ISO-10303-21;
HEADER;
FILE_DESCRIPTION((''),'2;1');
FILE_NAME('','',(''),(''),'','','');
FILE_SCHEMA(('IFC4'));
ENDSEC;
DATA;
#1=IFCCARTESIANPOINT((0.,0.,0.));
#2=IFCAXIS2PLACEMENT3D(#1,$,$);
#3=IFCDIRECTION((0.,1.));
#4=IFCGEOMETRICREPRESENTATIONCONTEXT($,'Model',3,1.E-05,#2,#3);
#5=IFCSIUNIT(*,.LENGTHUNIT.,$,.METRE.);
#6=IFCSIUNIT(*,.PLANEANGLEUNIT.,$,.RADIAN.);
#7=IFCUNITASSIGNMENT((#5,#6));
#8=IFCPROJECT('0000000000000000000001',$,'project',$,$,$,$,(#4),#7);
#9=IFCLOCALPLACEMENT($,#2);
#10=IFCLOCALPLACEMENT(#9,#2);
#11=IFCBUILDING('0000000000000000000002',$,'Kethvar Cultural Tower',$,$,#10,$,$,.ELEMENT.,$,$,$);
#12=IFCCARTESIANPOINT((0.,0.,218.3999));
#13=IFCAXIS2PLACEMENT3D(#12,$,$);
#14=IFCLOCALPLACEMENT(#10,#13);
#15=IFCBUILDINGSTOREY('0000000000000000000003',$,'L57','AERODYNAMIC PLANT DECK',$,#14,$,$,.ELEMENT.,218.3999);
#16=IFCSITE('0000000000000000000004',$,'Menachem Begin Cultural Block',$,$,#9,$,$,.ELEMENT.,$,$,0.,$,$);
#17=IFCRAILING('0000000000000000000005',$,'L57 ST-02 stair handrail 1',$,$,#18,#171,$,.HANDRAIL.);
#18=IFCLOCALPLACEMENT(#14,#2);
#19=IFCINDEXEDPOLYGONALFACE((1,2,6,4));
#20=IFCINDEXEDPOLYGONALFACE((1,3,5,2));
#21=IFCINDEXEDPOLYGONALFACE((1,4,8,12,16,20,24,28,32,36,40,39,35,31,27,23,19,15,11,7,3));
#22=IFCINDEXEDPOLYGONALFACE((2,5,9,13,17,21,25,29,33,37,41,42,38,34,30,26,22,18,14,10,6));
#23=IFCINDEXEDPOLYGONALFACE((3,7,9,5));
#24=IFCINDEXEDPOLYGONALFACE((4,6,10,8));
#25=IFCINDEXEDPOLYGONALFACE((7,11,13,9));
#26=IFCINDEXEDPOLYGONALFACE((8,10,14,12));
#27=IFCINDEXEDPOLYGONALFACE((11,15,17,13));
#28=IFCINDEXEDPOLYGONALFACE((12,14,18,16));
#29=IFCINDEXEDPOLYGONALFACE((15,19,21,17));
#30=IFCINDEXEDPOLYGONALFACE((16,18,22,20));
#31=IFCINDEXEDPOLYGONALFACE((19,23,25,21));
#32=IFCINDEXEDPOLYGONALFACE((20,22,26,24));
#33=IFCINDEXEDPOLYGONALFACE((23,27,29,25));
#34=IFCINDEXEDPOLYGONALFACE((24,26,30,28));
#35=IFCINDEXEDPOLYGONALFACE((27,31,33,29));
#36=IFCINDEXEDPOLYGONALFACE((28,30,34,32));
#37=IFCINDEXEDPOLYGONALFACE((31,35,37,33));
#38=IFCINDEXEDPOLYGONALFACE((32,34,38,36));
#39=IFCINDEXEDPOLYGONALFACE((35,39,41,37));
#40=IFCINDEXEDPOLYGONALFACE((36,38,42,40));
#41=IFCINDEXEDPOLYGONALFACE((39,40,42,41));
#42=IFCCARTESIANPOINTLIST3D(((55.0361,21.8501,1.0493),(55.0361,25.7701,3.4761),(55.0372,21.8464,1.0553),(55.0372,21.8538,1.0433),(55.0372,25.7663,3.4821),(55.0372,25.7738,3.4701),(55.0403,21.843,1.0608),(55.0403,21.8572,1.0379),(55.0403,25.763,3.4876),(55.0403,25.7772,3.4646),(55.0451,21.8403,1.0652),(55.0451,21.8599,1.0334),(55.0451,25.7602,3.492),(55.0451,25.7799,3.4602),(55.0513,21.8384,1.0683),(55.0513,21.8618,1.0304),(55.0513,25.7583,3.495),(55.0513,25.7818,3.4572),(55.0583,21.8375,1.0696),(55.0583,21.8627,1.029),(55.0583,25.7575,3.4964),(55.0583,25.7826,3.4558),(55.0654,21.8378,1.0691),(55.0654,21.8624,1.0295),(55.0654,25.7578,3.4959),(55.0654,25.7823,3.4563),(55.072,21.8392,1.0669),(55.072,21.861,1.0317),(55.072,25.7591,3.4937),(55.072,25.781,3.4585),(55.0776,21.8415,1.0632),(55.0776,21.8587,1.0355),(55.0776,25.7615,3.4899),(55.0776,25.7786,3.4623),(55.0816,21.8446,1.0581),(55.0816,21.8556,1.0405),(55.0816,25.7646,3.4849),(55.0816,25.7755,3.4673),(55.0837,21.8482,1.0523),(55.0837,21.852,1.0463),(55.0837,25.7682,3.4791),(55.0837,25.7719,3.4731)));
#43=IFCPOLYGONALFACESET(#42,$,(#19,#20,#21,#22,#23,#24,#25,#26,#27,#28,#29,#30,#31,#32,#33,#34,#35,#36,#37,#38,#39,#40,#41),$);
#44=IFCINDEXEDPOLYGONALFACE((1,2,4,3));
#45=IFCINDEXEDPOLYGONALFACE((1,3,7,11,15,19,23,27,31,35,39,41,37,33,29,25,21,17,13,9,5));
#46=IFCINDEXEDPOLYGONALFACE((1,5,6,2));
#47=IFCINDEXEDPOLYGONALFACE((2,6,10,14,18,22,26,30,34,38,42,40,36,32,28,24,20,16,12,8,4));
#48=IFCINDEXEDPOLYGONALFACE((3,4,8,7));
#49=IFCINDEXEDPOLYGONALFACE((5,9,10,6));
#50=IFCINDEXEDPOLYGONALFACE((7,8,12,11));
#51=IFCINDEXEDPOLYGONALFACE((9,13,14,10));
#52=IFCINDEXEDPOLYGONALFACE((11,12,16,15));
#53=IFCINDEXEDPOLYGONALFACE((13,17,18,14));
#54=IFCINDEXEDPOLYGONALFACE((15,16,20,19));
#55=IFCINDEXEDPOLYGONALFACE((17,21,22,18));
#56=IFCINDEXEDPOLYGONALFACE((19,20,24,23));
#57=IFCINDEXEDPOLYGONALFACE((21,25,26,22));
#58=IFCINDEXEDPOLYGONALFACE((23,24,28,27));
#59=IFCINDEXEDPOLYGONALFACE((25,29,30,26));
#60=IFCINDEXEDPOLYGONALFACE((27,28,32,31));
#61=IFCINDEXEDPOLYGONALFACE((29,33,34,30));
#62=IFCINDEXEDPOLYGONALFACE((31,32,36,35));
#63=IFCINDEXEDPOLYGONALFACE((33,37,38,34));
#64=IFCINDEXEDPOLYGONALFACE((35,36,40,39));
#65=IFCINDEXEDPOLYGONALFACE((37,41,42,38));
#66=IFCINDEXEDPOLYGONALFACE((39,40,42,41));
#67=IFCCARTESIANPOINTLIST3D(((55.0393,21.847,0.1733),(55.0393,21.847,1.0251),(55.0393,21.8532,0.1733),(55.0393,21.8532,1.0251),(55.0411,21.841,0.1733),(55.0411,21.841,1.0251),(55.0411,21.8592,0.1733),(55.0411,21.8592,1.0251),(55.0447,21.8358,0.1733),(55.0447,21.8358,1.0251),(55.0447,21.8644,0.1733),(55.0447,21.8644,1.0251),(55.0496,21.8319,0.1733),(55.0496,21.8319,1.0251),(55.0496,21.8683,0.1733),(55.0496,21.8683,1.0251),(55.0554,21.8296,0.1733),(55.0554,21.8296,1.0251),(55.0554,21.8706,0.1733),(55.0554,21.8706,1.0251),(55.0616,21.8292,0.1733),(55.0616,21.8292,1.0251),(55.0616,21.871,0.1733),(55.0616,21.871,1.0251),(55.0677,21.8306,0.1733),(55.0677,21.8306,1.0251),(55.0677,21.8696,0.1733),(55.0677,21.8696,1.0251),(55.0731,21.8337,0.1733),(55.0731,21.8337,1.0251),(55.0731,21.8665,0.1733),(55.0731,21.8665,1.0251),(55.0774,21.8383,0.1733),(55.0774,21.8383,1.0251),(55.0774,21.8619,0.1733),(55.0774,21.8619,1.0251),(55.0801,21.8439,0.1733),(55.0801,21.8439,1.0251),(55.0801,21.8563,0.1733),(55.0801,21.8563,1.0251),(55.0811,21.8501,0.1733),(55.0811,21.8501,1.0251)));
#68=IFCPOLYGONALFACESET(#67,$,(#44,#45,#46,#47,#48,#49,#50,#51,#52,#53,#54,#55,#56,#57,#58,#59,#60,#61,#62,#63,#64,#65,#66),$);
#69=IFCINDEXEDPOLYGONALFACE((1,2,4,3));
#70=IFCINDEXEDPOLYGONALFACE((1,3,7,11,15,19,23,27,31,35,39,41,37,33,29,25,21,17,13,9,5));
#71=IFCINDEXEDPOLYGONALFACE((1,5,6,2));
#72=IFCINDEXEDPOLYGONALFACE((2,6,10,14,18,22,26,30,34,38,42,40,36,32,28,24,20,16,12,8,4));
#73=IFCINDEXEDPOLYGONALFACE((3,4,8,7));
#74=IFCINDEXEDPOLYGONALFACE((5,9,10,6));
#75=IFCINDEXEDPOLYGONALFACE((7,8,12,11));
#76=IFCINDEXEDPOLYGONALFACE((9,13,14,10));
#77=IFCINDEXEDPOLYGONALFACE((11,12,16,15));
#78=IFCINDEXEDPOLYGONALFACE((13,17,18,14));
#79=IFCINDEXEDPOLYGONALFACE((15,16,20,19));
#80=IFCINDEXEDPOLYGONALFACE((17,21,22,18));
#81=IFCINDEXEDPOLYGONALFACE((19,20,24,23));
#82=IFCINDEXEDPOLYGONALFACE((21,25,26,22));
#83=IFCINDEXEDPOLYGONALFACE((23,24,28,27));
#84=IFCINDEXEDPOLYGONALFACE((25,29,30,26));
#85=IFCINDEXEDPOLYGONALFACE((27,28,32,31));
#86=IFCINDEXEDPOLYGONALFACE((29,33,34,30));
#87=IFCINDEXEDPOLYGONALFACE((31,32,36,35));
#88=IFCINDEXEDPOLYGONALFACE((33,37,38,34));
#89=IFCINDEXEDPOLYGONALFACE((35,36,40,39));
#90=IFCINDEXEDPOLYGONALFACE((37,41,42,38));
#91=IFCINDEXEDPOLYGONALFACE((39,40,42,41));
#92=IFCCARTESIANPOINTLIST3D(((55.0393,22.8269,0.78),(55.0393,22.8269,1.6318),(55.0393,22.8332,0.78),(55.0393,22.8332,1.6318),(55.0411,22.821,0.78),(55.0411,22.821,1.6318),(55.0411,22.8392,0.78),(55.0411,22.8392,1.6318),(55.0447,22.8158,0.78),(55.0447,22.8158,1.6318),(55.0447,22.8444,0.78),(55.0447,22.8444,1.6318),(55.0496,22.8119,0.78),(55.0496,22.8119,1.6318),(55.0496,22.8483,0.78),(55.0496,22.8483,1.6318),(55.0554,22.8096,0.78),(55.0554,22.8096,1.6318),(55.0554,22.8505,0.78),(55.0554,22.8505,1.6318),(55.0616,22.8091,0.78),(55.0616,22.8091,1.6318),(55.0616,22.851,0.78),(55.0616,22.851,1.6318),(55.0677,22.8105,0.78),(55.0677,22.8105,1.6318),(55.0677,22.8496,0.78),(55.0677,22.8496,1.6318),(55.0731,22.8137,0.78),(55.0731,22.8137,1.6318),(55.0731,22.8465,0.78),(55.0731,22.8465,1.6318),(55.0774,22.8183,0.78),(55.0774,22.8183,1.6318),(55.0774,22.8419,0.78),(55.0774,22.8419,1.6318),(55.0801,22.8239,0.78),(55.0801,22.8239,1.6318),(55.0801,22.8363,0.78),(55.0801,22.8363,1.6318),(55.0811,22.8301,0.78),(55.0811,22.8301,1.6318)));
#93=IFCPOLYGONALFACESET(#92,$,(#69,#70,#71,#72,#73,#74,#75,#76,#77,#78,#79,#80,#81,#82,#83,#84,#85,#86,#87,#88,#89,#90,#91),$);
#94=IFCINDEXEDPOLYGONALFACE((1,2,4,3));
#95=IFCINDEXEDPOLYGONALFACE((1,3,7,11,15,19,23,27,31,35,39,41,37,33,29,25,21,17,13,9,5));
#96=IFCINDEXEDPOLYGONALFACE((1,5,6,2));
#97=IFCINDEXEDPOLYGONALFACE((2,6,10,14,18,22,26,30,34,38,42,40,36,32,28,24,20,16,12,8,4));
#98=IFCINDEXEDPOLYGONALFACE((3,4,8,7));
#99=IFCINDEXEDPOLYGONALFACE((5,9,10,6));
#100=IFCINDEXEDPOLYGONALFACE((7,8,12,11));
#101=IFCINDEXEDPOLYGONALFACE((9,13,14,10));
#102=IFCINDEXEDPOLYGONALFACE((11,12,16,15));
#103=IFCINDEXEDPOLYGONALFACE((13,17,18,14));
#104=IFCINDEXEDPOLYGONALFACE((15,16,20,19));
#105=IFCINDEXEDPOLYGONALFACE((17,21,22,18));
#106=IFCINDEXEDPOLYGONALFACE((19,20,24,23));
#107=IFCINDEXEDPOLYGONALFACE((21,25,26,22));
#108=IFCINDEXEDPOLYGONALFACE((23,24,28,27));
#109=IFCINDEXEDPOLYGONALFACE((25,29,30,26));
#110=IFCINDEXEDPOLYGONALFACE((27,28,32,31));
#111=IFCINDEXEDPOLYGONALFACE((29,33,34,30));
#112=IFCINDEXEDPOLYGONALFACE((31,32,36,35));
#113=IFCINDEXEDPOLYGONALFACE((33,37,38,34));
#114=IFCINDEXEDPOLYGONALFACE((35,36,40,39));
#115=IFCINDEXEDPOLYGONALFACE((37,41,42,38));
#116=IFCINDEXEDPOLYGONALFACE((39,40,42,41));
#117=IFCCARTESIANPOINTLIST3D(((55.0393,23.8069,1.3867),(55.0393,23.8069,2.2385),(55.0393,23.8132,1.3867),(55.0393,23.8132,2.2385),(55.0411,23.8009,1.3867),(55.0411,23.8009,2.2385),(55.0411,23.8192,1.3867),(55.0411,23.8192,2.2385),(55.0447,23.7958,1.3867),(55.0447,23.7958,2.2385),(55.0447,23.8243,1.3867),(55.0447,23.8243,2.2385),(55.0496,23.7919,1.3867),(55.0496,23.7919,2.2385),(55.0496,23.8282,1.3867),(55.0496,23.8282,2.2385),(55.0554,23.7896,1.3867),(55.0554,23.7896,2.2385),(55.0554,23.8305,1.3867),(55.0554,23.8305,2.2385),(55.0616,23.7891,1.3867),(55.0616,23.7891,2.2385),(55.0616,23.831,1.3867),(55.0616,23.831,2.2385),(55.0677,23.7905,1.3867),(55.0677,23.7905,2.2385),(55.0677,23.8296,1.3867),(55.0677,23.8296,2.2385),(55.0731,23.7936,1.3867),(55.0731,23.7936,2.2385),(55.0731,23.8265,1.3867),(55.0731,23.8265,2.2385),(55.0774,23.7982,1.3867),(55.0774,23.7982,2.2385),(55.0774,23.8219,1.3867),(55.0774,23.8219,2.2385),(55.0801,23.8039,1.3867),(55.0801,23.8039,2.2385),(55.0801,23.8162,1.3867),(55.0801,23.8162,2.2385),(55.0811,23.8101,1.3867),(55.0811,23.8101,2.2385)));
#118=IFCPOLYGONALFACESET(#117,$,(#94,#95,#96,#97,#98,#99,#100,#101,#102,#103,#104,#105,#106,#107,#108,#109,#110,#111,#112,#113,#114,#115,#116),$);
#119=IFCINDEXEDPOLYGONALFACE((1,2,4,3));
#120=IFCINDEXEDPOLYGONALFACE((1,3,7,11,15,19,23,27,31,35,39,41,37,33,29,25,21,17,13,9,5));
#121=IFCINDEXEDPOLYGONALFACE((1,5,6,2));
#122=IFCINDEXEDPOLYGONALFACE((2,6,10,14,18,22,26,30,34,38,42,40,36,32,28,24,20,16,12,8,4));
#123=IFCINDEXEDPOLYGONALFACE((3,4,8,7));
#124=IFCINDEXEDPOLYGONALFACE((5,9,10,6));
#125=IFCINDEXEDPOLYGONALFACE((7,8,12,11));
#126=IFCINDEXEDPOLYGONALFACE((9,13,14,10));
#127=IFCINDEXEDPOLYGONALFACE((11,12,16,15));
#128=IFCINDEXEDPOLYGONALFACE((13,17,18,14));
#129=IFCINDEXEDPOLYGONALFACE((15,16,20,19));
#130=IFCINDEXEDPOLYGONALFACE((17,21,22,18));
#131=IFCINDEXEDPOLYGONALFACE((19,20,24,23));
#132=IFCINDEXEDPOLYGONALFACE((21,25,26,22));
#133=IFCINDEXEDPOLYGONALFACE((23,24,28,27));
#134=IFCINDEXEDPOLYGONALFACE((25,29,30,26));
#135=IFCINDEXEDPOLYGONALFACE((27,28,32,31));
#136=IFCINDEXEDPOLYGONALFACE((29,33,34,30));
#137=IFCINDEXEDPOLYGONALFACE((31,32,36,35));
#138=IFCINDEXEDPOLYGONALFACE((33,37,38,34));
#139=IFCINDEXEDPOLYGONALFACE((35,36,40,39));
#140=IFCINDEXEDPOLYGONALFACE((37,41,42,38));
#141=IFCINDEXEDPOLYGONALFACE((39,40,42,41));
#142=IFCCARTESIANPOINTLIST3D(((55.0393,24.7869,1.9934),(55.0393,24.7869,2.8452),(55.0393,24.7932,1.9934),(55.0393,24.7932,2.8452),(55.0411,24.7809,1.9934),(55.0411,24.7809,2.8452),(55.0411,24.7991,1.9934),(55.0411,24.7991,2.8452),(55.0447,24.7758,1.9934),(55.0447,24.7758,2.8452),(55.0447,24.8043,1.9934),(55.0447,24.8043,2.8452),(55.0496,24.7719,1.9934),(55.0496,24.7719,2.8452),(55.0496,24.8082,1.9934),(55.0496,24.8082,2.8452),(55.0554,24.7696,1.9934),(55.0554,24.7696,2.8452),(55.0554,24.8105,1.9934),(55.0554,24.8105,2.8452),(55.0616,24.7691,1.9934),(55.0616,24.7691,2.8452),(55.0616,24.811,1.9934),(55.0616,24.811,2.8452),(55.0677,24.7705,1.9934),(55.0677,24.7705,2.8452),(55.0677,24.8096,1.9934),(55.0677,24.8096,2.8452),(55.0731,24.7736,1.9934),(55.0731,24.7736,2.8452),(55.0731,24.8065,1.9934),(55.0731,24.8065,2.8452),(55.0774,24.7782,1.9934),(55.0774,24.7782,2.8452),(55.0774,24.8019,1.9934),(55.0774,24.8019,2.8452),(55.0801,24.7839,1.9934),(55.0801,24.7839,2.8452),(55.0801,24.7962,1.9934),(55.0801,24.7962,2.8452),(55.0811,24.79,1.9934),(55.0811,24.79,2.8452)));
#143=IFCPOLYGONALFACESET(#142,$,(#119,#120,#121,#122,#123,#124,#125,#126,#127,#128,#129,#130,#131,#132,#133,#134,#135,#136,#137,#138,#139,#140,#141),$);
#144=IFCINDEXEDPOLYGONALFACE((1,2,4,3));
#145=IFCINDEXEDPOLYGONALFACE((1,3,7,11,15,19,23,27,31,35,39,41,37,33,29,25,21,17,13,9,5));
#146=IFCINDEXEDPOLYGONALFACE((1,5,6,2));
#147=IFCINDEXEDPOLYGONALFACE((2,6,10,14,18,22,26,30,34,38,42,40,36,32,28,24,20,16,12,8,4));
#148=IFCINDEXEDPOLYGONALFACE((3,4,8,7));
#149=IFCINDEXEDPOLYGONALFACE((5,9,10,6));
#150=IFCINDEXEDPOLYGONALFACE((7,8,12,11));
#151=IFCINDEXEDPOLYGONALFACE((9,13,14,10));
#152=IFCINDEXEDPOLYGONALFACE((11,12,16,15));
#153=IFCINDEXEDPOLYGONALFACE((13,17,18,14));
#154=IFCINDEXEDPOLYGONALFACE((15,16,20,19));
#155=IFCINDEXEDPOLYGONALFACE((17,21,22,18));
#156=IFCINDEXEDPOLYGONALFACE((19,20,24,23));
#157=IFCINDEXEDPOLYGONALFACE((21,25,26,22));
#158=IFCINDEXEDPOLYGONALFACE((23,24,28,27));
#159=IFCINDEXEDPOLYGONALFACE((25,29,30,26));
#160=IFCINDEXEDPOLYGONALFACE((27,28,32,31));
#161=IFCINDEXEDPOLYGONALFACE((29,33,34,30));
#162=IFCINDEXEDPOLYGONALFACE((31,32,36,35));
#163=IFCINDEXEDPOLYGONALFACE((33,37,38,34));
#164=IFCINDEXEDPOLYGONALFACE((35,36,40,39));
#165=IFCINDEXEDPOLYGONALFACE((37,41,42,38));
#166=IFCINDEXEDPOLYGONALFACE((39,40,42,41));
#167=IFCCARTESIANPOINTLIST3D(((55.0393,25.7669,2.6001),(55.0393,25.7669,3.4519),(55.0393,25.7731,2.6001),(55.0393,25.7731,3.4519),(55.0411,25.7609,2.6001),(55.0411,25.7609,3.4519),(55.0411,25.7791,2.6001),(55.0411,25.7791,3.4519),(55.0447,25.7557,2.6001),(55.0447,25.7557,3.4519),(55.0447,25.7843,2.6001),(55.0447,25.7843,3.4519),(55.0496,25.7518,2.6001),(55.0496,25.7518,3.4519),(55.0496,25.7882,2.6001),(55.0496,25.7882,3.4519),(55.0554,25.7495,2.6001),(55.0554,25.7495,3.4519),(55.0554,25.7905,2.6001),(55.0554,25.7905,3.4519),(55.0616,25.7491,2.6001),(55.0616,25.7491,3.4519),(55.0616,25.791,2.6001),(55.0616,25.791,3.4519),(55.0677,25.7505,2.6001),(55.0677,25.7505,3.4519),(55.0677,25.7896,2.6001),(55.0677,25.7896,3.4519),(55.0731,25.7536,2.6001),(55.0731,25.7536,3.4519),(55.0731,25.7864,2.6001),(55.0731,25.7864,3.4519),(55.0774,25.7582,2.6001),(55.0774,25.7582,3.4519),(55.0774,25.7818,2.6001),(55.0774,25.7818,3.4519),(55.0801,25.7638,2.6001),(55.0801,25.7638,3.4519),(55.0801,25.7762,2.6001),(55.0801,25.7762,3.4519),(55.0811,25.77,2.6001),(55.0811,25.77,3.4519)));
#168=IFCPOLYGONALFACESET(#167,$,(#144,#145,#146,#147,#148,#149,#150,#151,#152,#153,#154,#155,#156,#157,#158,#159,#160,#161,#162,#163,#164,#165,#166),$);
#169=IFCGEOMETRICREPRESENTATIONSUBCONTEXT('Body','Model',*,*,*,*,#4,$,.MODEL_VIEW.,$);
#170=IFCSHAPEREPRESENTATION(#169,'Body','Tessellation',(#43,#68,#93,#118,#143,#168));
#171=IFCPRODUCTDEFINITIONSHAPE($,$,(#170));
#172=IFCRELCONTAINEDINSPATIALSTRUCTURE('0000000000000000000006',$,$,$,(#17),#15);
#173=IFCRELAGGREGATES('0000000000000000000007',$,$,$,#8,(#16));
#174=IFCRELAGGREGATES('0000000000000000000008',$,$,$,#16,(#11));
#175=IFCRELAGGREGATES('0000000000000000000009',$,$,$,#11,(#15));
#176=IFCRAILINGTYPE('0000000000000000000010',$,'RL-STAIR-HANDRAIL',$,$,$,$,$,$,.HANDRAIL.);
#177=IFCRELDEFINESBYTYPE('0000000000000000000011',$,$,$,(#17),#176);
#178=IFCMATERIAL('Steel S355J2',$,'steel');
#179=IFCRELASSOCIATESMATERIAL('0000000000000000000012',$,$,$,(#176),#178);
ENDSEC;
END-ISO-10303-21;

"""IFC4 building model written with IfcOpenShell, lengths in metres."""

from ifc_helpers import new_model, si_unit, direction, frame, origin, origin_2d, place, context, subcontext, project, spatial, circle, extrude, material, type_object, element, save


model = new_model("IFC4")

# Units and contexts
model_context = context("Model", 3, precision=1e-05, world=origin(), true_north=direction((0.0, 1.0)))
body_context = subcontext(model_context, "Body", "Model", "MODEL_VIEW")
ifc_project = project(units=[si_unit("LENGTHUNIT", "METRE"), si_unit("PLANEANGLEUNIT", "RADIAN")], contexts=[model_context])

# Site, building, storey
site_placement = place(None, origin())
site = spatial("IfcSite", under=ifc_project, at=site_placement, Name="Menachem Begin Cultural Block", CompositionType="ELEMENT", RefElevation=0.0)
building_placement = place(site_placement, origin())
building = spatial("IfcBuilding", under=site, at=building_placement, Name="Kethvar Cultural Tower", CompositionType="ELEMENT")
storey_placement = place(building_placement, frame((0.0, 0.0, 218.3999)))
storey = spatial("IfcBuildingStorey", under=building, at=storey_placement, Name="L57", Description="AERODYNAMIC PLANT DECK", CompositionType="ELEMENT", Elevation=218.3999)

# Shared definitions
ifc_material_1 = material(Name="Steel S355J2", Category="steel")

# Railing
railing_type_1 = type_object("IfcRailingType", Name="RL-STAIR-HANDRAIL", PredefinedType="HANDRAIL", material=ifc_material_1)
railing_1_placement = place(storey_placement, frame((55.0601, 21.8501, 0.1733)))
element("IfcRailing", 1, at=railing_1_placement, inside=storey, type_object=railing_type_1, Name="L57 ST-02 stair handrail 1", PredefinedType="HANDRAIL", context=body_context, shape_type="SweptSolid", body=[
    extrude(circle(Radius=0.0239, at=origin_2d()), frame((0.0, 0.0, 0.876), z_axis=(0.0, 0.850252, 0.526376), x_axis=(-1.0, 0.0, 0.0)), (0.0, 0.0, 1.0), 4.6104),
    extrude(circle(Radius=0.021, at=origin_2d()), origin(), (0.0, 0.0, 1.0), 0.8518),
    extrude(circle(Radius=0.021, at=origin_2d()), frame((0.0, 0.98, 0.6067)), (0.0, 0.0, 1.0), 0.8518),
    extrude(circle(Radius=0.021, at=origin_2d()), frame((0.0, 1.96, 1.2134)), (0.0, 0.0, 1.0), 0.8518),
    extrude(circle(Radius=0.021, at=origin_2d()), frame((0.0, 2.9399, 1.8201)), (0.0, 0.0, 1.0), 0.8518),
    extrude(circle(Radius=0.021, at=origin_2d()), frame((0.0, 3.9199, 2.4268)), (0.0, 0.0, 1.0), 0.8518),
])

save(model, "model.ifc")
